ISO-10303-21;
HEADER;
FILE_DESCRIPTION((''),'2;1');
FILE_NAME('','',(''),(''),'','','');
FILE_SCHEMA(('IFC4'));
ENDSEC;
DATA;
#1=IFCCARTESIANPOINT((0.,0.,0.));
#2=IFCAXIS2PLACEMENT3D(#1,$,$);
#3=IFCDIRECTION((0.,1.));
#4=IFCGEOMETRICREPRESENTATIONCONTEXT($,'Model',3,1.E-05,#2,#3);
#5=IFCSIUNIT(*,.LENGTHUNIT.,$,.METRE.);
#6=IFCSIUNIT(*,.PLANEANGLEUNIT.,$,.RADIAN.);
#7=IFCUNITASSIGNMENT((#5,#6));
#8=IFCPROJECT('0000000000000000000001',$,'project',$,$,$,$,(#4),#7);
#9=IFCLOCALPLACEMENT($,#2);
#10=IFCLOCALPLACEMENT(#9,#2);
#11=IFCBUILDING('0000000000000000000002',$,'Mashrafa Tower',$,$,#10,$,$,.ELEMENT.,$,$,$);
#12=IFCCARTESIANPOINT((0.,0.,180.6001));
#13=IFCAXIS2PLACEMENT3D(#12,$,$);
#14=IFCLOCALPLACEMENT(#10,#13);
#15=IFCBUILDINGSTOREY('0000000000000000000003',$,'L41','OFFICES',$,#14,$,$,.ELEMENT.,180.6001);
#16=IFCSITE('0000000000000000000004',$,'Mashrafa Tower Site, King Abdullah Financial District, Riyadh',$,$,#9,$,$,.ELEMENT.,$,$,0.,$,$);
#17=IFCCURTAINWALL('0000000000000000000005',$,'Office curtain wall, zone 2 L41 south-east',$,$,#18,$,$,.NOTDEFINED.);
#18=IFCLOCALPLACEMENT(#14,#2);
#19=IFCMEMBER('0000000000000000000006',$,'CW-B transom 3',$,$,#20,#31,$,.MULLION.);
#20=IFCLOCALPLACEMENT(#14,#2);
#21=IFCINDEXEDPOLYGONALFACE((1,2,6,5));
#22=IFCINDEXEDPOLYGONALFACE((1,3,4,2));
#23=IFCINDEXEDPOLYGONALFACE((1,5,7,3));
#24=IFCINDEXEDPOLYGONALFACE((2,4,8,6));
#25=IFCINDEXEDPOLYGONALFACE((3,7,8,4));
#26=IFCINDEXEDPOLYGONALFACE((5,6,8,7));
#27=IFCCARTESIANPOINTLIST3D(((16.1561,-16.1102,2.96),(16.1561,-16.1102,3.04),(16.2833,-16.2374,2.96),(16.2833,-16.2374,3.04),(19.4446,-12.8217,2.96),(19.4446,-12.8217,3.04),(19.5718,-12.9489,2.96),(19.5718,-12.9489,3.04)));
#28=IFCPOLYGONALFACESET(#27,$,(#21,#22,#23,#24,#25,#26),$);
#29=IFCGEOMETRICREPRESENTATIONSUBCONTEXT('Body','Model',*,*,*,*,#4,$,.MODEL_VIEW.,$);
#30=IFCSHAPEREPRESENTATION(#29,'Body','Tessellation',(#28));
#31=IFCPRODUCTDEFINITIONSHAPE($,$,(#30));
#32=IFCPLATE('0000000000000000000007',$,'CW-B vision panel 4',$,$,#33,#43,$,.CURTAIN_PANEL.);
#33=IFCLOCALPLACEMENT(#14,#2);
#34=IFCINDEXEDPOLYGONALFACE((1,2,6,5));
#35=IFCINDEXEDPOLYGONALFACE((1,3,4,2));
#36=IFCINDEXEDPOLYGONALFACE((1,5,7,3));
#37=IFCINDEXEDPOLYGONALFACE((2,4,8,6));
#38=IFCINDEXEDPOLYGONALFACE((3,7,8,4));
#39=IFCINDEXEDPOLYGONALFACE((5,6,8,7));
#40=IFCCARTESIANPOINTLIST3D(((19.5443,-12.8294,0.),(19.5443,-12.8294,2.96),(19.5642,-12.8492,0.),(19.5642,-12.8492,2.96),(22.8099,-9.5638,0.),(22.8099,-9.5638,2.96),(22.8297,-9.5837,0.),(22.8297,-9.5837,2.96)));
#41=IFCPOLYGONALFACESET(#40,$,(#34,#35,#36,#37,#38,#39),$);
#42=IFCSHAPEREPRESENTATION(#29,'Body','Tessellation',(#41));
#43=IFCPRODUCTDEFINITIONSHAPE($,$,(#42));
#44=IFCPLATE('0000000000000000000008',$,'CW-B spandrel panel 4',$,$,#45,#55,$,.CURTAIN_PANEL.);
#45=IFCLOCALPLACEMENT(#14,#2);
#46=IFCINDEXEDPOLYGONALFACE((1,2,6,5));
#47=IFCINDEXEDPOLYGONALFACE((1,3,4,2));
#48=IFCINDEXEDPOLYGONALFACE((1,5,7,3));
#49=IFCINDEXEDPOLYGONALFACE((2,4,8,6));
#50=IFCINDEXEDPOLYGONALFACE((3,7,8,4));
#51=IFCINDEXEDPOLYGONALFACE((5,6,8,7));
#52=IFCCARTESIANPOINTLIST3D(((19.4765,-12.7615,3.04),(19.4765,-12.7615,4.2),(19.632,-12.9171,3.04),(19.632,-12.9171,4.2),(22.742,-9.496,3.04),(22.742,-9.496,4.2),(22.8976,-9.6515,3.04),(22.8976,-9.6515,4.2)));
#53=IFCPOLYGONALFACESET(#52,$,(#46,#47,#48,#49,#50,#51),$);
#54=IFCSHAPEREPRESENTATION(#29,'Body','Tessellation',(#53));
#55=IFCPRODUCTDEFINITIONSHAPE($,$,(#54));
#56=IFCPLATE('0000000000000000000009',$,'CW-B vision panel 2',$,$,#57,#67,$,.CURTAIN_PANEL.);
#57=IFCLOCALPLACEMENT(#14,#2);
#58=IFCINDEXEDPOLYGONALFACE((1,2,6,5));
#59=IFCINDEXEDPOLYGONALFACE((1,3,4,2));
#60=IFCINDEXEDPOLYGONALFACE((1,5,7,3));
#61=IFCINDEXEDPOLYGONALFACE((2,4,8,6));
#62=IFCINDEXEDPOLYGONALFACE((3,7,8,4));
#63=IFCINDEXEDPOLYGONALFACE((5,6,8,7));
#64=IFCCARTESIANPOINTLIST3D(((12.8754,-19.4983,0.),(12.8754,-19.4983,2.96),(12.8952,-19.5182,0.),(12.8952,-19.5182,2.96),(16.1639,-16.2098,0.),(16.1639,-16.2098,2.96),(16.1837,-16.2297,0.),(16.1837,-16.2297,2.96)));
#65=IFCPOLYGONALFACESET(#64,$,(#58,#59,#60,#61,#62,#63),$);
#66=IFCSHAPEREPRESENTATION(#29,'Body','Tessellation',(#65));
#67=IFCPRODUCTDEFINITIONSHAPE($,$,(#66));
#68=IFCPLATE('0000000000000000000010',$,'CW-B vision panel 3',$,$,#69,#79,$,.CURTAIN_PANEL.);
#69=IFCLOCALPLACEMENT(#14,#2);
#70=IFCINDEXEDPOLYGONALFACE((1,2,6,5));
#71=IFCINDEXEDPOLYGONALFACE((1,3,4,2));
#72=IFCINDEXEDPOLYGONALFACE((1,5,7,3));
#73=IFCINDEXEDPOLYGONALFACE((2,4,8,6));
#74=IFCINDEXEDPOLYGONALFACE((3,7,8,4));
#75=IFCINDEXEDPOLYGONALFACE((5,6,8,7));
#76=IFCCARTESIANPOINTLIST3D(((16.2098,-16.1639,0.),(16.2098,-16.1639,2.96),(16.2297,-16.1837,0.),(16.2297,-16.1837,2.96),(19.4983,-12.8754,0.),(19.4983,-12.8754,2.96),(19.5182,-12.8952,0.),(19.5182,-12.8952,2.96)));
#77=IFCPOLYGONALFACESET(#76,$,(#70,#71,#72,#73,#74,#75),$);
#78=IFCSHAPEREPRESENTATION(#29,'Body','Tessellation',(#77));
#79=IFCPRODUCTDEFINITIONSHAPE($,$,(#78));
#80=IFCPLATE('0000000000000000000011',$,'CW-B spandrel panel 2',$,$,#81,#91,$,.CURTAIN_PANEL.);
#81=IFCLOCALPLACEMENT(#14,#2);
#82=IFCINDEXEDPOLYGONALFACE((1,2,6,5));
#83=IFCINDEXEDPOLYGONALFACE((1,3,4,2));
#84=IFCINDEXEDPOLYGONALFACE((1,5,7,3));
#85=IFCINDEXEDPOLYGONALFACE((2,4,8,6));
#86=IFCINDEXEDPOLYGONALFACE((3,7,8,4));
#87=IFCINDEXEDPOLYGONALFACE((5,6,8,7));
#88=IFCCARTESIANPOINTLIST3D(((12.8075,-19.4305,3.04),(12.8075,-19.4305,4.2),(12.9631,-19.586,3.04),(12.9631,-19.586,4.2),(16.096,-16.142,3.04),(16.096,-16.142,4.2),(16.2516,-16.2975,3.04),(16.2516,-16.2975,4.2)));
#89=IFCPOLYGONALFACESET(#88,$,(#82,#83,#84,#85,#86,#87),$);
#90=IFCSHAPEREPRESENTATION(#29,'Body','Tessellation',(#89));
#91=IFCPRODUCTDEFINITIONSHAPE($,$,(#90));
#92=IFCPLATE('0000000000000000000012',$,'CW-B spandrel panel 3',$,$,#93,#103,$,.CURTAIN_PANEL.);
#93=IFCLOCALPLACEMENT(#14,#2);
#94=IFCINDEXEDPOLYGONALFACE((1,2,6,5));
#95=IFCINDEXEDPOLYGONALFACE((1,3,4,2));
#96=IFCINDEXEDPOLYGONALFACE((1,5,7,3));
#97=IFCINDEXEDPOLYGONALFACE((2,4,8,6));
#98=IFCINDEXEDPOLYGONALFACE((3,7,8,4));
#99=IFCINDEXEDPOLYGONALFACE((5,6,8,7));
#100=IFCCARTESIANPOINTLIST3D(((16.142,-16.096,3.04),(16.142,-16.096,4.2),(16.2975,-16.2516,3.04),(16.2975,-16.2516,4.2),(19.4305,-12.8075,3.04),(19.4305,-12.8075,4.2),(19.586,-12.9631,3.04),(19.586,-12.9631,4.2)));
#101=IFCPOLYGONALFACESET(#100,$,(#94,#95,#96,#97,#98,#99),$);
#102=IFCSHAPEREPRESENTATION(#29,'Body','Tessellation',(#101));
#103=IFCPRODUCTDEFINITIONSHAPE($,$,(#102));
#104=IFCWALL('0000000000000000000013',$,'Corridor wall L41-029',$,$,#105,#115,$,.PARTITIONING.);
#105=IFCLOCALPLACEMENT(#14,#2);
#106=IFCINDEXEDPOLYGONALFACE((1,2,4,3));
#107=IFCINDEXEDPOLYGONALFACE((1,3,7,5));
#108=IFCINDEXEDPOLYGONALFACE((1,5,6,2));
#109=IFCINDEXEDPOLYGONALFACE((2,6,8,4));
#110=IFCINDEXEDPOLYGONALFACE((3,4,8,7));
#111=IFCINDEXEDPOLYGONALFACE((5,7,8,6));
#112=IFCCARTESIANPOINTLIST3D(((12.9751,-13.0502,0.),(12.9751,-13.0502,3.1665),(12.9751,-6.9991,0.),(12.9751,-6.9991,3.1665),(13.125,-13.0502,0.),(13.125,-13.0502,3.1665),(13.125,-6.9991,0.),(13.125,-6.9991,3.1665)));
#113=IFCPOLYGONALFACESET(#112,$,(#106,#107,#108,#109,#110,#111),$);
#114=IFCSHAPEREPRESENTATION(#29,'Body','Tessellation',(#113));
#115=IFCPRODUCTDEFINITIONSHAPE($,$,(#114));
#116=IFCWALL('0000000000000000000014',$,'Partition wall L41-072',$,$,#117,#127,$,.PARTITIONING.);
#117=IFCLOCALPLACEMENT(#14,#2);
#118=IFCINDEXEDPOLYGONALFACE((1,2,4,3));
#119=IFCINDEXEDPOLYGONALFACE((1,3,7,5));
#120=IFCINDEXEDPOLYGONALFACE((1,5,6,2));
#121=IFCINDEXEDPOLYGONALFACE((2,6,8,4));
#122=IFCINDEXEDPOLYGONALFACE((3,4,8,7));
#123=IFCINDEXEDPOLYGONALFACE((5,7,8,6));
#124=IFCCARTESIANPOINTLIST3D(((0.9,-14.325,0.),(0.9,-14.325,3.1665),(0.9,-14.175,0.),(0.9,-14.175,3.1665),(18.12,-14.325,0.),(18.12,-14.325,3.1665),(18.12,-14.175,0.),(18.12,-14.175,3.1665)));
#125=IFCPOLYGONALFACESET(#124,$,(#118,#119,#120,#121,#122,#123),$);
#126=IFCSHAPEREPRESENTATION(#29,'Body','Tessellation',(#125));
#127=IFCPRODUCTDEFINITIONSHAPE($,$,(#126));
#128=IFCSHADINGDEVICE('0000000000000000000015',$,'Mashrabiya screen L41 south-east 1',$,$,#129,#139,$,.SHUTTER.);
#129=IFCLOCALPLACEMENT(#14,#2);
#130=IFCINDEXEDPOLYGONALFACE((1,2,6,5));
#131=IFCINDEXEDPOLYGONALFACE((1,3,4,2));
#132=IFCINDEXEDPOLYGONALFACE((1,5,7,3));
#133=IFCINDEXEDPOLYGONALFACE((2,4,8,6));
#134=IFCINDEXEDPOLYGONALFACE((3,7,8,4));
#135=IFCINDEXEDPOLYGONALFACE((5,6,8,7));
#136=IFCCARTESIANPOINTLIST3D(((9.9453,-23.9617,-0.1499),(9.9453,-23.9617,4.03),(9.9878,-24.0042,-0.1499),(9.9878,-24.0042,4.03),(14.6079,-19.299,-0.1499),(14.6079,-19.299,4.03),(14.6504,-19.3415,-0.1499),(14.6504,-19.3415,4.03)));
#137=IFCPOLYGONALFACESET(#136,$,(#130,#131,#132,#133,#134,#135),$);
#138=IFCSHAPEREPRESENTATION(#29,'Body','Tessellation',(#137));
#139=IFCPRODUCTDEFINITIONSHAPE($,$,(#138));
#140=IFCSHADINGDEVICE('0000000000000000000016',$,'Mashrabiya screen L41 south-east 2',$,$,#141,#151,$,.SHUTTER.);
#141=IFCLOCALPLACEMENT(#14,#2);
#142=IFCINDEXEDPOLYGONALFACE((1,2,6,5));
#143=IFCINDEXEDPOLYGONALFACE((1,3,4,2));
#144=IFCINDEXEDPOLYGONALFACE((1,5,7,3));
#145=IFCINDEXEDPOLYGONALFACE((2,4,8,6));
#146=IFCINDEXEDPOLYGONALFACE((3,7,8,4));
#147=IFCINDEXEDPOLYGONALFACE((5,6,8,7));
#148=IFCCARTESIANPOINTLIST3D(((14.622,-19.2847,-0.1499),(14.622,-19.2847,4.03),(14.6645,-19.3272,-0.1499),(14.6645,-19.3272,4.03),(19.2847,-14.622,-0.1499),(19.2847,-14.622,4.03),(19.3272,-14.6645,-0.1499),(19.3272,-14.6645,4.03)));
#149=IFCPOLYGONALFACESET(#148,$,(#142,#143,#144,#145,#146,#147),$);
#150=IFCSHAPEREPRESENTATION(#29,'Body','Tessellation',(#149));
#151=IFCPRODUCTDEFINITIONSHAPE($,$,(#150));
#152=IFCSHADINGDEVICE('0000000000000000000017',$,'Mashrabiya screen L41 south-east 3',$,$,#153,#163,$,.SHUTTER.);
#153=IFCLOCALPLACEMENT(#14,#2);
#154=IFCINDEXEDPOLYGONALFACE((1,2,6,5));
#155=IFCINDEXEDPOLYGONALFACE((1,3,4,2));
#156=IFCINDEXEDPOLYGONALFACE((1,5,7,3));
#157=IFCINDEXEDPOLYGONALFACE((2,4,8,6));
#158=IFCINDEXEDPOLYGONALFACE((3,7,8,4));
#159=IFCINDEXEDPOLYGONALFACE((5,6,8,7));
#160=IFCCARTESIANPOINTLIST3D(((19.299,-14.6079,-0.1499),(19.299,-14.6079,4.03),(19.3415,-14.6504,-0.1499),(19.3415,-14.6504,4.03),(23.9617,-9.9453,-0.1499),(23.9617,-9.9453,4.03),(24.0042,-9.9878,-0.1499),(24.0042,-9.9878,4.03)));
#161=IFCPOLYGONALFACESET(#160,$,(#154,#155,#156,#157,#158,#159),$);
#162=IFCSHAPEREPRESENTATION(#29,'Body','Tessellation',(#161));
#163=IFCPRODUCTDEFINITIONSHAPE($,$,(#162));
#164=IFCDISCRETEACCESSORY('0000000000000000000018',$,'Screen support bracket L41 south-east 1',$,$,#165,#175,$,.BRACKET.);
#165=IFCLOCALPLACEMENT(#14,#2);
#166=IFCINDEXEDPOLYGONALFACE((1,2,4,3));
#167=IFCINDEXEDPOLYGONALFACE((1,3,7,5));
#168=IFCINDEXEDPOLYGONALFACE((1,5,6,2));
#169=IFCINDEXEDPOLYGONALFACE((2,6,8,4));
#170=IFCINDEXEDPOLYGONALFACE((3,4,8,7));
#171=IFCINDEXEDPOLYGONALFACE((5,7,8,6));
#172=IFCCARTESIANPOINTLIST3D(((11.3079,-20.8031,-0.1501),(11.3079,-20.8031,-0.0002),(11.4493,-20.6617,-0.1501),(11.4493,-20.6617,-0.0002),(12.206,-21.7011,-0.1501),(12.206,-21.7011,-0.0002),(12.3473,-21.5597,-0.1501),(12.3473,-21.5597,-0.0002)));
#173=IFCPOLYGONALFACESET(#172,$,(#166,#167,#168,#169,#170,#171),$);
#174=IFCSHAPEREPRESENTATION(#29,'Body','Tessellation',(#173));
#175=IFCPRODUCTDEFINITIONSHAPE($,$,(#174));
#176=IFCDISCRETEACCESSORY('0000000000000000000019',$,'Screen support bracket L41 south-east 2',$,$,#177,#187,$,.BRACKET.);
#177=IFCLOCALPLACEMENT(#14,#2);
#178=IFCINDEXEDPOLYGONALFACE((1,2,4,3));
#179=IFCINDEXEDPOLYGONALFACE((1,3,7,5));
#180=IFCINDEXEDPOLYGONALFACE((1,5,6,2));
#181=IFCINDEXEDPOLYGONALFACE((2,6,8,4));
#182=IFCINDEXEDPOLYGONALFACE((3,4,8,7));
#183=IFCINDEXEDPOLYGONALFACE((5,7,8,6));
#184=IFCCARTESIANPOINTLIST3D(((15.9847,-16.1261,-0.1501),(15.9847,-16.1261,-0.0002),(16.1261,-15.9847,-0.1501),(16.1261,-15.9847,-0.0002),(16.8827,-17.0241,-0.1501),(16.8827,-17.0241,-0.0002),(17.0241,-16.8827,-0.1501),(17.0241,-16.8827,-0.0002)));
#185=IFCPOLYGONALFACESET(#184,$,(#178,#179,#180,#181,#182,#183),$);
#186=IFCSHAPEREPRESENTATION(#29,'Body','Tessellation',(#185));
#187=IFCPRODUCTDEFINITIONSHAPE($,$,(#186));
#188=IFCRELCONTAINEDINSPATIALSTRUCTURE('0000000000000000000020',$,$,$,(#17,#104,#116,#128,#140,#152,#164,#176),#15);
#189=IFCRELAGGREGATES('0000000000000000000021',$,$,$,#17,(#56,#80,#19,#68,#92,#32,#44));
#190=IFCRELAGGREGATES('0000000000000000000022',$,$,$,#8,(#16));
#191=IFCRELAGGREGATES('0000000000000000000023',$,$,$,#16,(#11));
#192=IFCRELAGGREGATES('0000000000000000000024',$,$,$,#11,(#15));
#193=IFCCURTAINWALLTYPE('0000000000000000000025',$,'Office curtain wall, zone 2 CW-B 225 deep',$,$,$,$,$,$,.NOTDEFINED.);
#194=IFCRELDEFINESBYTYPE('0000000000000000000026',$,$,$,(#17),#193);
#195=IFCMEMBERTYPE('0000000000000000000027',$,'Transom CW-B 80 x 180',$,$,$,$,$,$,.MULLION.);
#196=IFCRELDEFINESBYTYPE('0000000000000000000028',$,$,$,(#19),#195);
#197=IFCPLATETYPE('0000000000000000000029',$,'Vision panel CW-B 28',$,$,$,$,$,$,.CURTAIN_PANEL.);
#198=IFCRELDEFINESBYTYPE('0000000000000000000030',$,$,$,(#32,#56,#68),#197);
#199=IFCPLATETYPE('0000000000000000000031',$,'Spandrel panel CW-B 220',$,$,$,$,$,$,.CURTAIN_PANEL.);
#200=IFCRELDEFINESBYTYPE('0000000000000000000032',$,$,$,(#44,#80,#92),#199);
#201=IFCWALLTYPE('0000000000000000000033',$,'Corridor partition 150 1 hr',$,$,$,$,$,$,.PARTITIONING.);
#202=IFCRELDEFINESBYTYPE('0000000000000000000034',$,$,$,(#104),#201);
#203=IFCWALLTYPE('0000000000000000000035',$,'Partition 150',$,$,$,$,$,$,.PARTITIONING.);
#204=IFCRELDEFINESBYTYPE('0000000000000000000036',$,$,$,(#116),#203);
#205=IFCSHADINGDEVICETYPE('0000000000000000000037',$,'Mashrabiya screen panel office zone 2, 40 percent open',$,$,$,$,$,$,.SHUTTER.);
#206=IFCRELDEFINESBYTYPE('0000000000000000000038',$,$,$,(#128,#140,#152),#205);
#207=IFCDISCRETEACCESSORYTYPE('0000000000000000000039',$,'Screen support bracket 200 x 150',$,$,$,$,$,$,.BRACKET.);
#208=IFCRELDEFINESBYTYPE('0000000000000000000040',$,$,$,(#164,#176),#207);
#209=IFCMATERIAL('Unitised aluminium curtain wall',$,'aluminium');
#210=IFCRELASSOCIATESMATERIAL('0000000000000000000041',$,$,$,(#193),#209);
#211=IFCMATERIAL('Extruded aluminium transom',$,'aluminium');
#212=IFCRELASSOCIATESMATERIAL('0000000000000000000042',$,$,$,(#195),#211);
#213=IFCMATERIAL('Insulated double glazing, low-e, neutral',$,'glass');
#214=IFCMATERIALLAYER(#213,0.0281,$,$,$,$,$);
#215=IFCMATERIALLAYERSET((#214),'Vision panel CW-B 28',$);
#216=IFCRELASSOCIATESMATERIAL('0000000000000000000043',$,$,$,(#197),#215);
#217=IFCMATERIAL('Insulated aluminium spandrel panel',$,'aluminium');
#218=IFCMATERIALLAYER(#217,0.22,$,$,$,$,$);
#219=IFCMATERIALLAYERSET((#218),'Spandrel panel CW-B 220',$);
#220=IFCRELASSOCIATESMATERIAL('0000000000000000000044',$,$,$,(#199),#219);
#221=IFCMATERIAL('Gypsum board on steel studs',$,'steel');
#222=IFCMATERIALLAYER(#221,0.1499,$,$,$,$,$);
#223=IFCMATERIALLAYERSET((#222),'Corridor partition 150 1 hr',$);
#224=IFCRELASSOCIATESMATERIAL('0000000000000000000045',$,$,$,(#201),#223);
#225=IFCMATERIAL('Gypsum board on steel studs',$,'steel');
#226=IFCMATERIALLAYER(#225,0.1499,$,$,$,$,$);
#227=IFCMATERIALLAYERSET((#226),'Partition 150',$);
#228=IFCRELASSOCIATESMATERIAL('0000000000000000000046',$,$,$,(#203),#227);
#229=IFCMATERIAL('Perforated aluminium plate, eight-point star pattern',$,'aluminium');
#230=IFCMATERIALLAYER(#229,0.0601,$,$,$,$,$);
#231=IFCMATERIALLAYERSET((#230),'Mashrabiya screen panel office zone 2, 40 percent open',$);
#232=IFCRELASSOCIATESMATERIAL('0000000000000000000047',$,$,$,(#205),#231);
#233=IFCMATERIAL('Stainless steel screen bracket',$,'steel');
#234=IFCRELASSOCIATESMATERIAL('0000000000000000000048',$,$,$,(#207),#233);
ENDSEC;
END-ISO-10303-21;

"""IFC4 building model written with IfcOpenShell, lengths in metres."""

from ifc_helpers import new_model, si_unit, direction, frame, frame_2d, origin, origin_2d, place, context, subcontext, project, spatial, rectangle, extrude, source, transform, mapped, material, layer, layer_set, material_profile, profile_set, type_object, type_shapes, element, aggregate, save


model = new_model("IFC4")

# Units and contexts
model_context = context("Model", 3, precision=1e-05, world=origin(), true_north=direction((0.0, 1.0)))
body_context = subcontext(model_context, "Body", "Model", "MODEL_VIEW")
ifc_project = project(units=[si_unit("LENGTHUNIT", "METRE"), si_unit("PLANEANGLEUNIT", "RADIAN")], contexts=[model_context])

# Site, building, storey
site_placement = place(None, origin())
site = spatial("IfcSite", under=ifc_project, at=site_placement, Name="Mashrafa Tower Site, King Abdullah Financial District, Riyadh", CompositionType="ELEMENT", RefElevation=0.0)
building_placement = place(site_placement, origin())
building = spatial("IfcBuilding", under=site, at=building_placement, Name="Mashrafa Tower", CompositionType="ELEMENT")
storey_placement = place(building_placement, frame((0.0, 0.0, 180.6001)))
storey = spatial("IfcBuildingStorey", under=building, at=storey_placement, Name="L41", Description="OFFICES", CompositionType="ELEMENT", Elevation=180.6001)

# Curtain wall, member, plates
ifc_material_1 = material(Name="Unitised aluminium curtain wall", Category="aluminium")
curtain_wall_type = type_object("IfcCurtainWallType", Name="Office curtain wall, zone 2 CW-B 225 deep", PredefinedType="NOTDEFINED", material=ifc_material_1)
curtain_wall_placement = place(storey_placement, origin())
curtain_wall = element("IfcCurtainWall", 1, at=curtain_wall_placement, inside=storey, type_object=curtain_wall_type, Name="Office curtain wall, zone 2 L41 south-east", PredefinedType="NOTDEFINED")
ifc_material_2 = material(Name="Extruded aluminium transom", Category="aluminium")
ifc_material_profile_1 = material_profile(ifc_material_2, rectangle(XDim=0.1799, YDim=0.0801, at=origin_2d()), Name="Transom 80x180")
ifc_profile_set_1 = profile_set([ifc_material_profile_1], Name="Extruded aluminium transom")
member_type_1 = type_object("IfcMemberType", Name="Transom CW-B 80 x 180", PredefinedType="MULLION", material=ifc_profile_set_1)
shared_shape_1 = source(origin(), body_context, "Body", "SweptSolid", [
    extrude(rectangle(XDim=0.1799, YDim=0.0801, at=origin_2d()), origin(), (0.0, 0.0, 1.0), 4.6506),
])
member_1_placement = place(storey_placement, frame((16.2197, -16.1738, 3.0), z_axis=(0.707107, 0.707107, 0.0), x_axis=(-0.707107, 0.707107, 0.0)))
member_1 = element("IfcMember", 2, at=member_1_placement, type_object=member_type_1, Name="CW-B transom 3", PredefinedType="MULLION", context=body_context, shape_type="MappedRepresentation", body=[
    mapped(shared_shape_1, transform((0.0, 0.0, 0.0))),
])
ifc_material_3 = material(Name="Insulated double glazing, low-e, neutral", Category="glass")
ifc_layer_1 = layer(ifc_material_3, 0.0281)
ifc_layer_set_1 = layer_set([ifc_layer_1], Name="Vision panel CW-B 28")
plate_type_1 = type_object("IfcPlateType", Name="Vision panel CW-B 28", PredefinedType="CURTAIN_PANEL", material=ifc_layer_set_1)
shared_shape_2 = source(origin(), body_context, "Body", "SweptSolid", [
    extrude(rectangle(XDim=4.6182, YDim=0.0281, at=origin_2d()), origin(), (0.0, 0.0, 1.0), 2.96),
])
plate_1_placement = place(storey_placement, frame((21.187, -11.2065, 0.0), z_axis=(0.0, 0.0, 1.0), x_axis=(0.707107, 0.707107, 0.0)))
plate_1 = element("IfcPlate", 3, at=plate_1_placement, type_object=plate_type_1, Name="CW-B vision panel 4", PredefinedType="CURTAIN_PANEL", context=body_context, shape_type="MappedRepresentation", body=[
    mapped(shared_shape_2, transform((0.0, 0.0, 0.0))),
])
ifc_material_4 = material(Name="Insulated aluminium spandrel panel", Category="aluminium")
ifc_layer_2 = layer(ifc_material_4, 0.22)
ifc_layer_set_2 = layer_set([ifc_layer_2], Name="Spandrel panel CW-B 220")
plate_type_2 = type_object("IfcPlateType", Name="Spandrel panel CW-B 220", PredefinedType="CURTAIN_PANEL", material=ifc_layer_set_2)
shared_shape_3 = source(origin(), body_context, "Body", "SweptSolid", [
    extrude(rectangle(XDim=4.6182, YDim=0.22, at=origin_2d()), origin(), (0.0, 0.0, 1.0), 1.1599),
])
plate_2_placement = place(storey_placement, frame((21.187, -11.2065, 3.04), z_axis=(0.0, 0.0, 1.0), x_axis=(0.707107, 0.707107, 0.0)))
plate_2 = element("IfcPlate", 4, at=plate_2_placement, type_object=plate_type_2, Name="CW-B spandrel panel 4", PredefinedType="CURTAIN_PANEL", context=body_context, shape_type="MappedRepresentation", body=[
    mapped(shared_shape_3, transform((0.0, 0.0, 0.0))),
])
shared_shape_4 = source(origin(), body_context, "Body", "SweptSolid", [
    extrude(rectangle(XDim=4.6506, YDim=0.0281, at=origin_2d()), origin(), (0.0, 0.0, 1.0), 2.96),
])
type_shapes(plate_type_1, [shared_shape_2, shared_shape_4])
plate_3_placement = place(storey_placement, frame((14.5295, -17.864, 0.0), z_axis=(0.0, 0.0, 1.0), x_axis=(0.707107, 0.707107, 0.0)))
plate_3 = element("IfcPlate", 5, at=plate_3_placement, type_object=plate_type_1, Name="CW-B vision panel 2", PredefinedType="CURTAIN_PANEL", context=body_context, shape_type="MappedRepresentation", body=[
    mapped(shared_shape_4, transform((0.0, 0.0, 0.0))),
])
plate_4_placement = place(storey_placement, frame((17.864, -14.5295, 0.0), z_axis=(0.0, 0.0, 1.0), x_axis=(0.707107, 0.707107, 0.0)))
plate_4 = element("IfcPlate", 6, at=plate_4_placement, type_object=plate_type_1, Name="CW-B vision panel 3", PredefinedType="CURTAIN_PANEL", context=body_context, shape_type="MappedRepresentation", body=[
    mapped(shared_shape_4, transform((0.0, 0.0, 0.0))),
])
shared_shape_5 = source(origin(), body_context, "Body", "SweptSolid", [
    extrude(rectangle(XDim=4.6506, YDim=0.22, at=origin_2d()), origin(), (0.0, 0.0, 1.0), 1.1599),
])
type_shapes(plate_type_2, [shared_shape_3, shared_shape_5])
plate_5_placement = place(storey_placement, frame((14.5295, -17.864, 3.04), z_axis=(0.0, 0.0, 1.0), x_axis=(0.707107, 0.707107, 0.0)))
plate_5 = element("IfcPlate", 7, at=plate_5_placement, type_object=plate_type_2, Name="CW-B spandrel panel 2", PredefinedType="CURTAIN_PANEL", context=body_context, shape_type="MappedRepresentation", body=[
    mapped(shared_shape_5, transform((0.0, 0.0, 0.0))),
])
plate_6_placement = place(storey_placement, frame((17.864, -14.5295, 3.04), z_axis=(0.0, 0.0, 1.0), x_axis=(0.707107, 0.707107, 0.0)))
plate_6 = element("IfcPlate", 8, at=plate_6_placement, type_object=plate_type_2, Name="CW-B spandrel panel 3", PredefinedType="CURTAIN_PANEL", context=body_context, shape_type="MappedRepresentation", body=[
    mapped(shared_shape_5, transform((0.0, 0.0, 0.0))),
])
aggregate(curtain_wall, [plate_3, plate_5, member_1, plate_4, plate_6, plate_1, plate_2])

# Walls
ifc_material_5 = material(Name="Gypsum board on steel studs", Category="steel")
ifc_layer_3 = layer(ifc_material_5, 0.1499)
ifc_layer_set_3 = layer_set([ifc_layer_3], Name="Corridor partition 150 1 hr")
wall_type_1 = type_object("IfcWallType", Name="Corridor partition 150 1 hr", PredefinedType="PARTITIONING", material=ifc_layer_set_3)
wall_1_placement = place(storey_placement, frame((13.05, -13.05, 0.0), z_axis=(0.0, 0.0, 1.0), x_axis=(0.0, 1.0, 0.0)))
element("IfcWall", 9, at=wall_1_placement, inside=storey, type_object=wall_type_1, Name="Corridor wall L41-029", PredefinedType="PARTITIONING", context=body_context, shape_type="SweptSolid", body=[
    extrude(rectangle(XDim=6.051, YDim=0.1499, at=frame_2d((3.0254, 0.0))), origin(), (0.0, 0.0, 1.0), 3.1665),
])
ifc_material_6 = material(Name="Gypsum board on steel studs", Category="steel")
ifc_layer_4 = layer(ifc_material_6, 0.1499)
ifc_layer_set_4 = layer_set([ifc_layer_4], Name="Partition 150")
wall_type_2 = type_object("IfcWallType", Name="Partition 150", PredefinedType="PARTITIONING", material=ifc_layer_set_4)
wall_2_placement = place(storey_placement, frame((18.1199, -14.25, 0.0), z_axis=(0.0, 0.0, 1.0), x_axis=(-1.0, 0.0, 0.0)))
element("IfcWall", 10, at=wall_2_placement, inside=storey, type_object=wall_type_2, Name="Partition wall L41-072", PredefinedType="PARTITIONING", context=body_context, shape_type="SweptSolid", body=[
    extrude(rectangle(XDim=17.22, YDim=0.1499, at=frame_2d((8.6099, 0.0))), origin(), (0.0, 0.0, 1.0), 3.1665),
])

# Shading devices
ifc_material_7 = material(Name="Perforated aluminium plate, eight-point star pattern", Category="aluminium")
ifc_layer_5 = layer(ifc_material_7, 0.0601)
ifc_layer_set_5 = layer_set([ifc_layer_5], Name="Mashrabiya screen panel office zone 2, 40 percent open")
shading_device_type = type_object("IfcShadingDeviceType", Name="Mashrabiya screen panel office zone 2, 40 percent open", PredefinedType="SHUTTER", material=ifc_layer_set_5)
shared_shape_6 = source(origin(), body_context, "Body", "SweptSolid", [
    extrude(rectangle(XDim=6.594, YDim=0.0601, at=origin_2d()), origin(), (0.0, 0.0, 1.0), 4.1799),
])
type_shapes(shading_device_type, [shared_shape_6])
for number, where, z_axis, x_axis, name in (
    (11, (12.2979, -21.6516, -0.1499), (0.0, 0.0, 1.0), (0.707107, 0.707107, 0.0), "Mashrabiya screen L41 south-east 1"),
    (12, (16.9746, -16.9746, -0.1499), (0.0, 0.0, 1.0), (0.707107, 0.707107, 0.0), "Mashrabiya screen L41 south-east 2"),
    (13, (21.6516, -12.2979, -0.1499), (0.0, 0.0, 1.0), (0.707107, 0.707107, 0.0), "Mashrabiya screen L41 south-east 3"),
):
    element("IfcShadingDevice", number, at=place(storey_placement, frame(where, z_axis=z_axis, x_axis=x_axis)), inside=storey, type_object=shading_device_type, Name=name, PredefinedType="SHUTTER", context=body_context, shape_type="MappedRepresentation", body=[
        mapped(shared_shape_6, transform((0.0, 0.0, 0.0))),
    ])

# Discrete accessories
ifc_material_8 = material(Name="Stainless steel screen bracket", Category="steel")
discrete_accessory_type = type_object("IfcDiscreteAccessoryType", Name="Screen support bracket 200 x 150", PredefinedType="BRACKET", material=ifc_material_8)
shared_shape_7 = source(origin(), body_context, "Body", "SweptSolid", [
    extrude(rectangle(XDim=0.2, YDim=1.27, at=origin_2d()), origin(), (0.0, 0.0, 1.0), 0.1499),
])
type_shapes(discrete_accessory_type, [shared_shape_7])
for number, where, z_axis, x_axis, name in (
    (14, (11.8276, -21.1814, -0.1501), (0.0, 0.0, 1.0), (0.707107, 0.707107, 0.0), "Screen support bracket L41 south-east 1"),
    (15, (16.5044, -16.5044, -0.1501), (0.0, 0.0, 1.0), (0.707107, 0.707107, 0.0), "Screen support bracket L41 south-east 2"),
):
    element("IfcDiscreteAccessory", number, at=place(storey_placement, frame(where, z_axis=z_axis, x_axis=x_axis)), inside=storey, type_object=discrete_accessory_type, Name=name, PredefinedType="BRACKET", context=body_context, shape_type="MappedRepresentation", body=[
        mapped(shared_shape_7, transform((0.0, 0.0, 0.0))),
    ])

save(model, "model.ifc")
